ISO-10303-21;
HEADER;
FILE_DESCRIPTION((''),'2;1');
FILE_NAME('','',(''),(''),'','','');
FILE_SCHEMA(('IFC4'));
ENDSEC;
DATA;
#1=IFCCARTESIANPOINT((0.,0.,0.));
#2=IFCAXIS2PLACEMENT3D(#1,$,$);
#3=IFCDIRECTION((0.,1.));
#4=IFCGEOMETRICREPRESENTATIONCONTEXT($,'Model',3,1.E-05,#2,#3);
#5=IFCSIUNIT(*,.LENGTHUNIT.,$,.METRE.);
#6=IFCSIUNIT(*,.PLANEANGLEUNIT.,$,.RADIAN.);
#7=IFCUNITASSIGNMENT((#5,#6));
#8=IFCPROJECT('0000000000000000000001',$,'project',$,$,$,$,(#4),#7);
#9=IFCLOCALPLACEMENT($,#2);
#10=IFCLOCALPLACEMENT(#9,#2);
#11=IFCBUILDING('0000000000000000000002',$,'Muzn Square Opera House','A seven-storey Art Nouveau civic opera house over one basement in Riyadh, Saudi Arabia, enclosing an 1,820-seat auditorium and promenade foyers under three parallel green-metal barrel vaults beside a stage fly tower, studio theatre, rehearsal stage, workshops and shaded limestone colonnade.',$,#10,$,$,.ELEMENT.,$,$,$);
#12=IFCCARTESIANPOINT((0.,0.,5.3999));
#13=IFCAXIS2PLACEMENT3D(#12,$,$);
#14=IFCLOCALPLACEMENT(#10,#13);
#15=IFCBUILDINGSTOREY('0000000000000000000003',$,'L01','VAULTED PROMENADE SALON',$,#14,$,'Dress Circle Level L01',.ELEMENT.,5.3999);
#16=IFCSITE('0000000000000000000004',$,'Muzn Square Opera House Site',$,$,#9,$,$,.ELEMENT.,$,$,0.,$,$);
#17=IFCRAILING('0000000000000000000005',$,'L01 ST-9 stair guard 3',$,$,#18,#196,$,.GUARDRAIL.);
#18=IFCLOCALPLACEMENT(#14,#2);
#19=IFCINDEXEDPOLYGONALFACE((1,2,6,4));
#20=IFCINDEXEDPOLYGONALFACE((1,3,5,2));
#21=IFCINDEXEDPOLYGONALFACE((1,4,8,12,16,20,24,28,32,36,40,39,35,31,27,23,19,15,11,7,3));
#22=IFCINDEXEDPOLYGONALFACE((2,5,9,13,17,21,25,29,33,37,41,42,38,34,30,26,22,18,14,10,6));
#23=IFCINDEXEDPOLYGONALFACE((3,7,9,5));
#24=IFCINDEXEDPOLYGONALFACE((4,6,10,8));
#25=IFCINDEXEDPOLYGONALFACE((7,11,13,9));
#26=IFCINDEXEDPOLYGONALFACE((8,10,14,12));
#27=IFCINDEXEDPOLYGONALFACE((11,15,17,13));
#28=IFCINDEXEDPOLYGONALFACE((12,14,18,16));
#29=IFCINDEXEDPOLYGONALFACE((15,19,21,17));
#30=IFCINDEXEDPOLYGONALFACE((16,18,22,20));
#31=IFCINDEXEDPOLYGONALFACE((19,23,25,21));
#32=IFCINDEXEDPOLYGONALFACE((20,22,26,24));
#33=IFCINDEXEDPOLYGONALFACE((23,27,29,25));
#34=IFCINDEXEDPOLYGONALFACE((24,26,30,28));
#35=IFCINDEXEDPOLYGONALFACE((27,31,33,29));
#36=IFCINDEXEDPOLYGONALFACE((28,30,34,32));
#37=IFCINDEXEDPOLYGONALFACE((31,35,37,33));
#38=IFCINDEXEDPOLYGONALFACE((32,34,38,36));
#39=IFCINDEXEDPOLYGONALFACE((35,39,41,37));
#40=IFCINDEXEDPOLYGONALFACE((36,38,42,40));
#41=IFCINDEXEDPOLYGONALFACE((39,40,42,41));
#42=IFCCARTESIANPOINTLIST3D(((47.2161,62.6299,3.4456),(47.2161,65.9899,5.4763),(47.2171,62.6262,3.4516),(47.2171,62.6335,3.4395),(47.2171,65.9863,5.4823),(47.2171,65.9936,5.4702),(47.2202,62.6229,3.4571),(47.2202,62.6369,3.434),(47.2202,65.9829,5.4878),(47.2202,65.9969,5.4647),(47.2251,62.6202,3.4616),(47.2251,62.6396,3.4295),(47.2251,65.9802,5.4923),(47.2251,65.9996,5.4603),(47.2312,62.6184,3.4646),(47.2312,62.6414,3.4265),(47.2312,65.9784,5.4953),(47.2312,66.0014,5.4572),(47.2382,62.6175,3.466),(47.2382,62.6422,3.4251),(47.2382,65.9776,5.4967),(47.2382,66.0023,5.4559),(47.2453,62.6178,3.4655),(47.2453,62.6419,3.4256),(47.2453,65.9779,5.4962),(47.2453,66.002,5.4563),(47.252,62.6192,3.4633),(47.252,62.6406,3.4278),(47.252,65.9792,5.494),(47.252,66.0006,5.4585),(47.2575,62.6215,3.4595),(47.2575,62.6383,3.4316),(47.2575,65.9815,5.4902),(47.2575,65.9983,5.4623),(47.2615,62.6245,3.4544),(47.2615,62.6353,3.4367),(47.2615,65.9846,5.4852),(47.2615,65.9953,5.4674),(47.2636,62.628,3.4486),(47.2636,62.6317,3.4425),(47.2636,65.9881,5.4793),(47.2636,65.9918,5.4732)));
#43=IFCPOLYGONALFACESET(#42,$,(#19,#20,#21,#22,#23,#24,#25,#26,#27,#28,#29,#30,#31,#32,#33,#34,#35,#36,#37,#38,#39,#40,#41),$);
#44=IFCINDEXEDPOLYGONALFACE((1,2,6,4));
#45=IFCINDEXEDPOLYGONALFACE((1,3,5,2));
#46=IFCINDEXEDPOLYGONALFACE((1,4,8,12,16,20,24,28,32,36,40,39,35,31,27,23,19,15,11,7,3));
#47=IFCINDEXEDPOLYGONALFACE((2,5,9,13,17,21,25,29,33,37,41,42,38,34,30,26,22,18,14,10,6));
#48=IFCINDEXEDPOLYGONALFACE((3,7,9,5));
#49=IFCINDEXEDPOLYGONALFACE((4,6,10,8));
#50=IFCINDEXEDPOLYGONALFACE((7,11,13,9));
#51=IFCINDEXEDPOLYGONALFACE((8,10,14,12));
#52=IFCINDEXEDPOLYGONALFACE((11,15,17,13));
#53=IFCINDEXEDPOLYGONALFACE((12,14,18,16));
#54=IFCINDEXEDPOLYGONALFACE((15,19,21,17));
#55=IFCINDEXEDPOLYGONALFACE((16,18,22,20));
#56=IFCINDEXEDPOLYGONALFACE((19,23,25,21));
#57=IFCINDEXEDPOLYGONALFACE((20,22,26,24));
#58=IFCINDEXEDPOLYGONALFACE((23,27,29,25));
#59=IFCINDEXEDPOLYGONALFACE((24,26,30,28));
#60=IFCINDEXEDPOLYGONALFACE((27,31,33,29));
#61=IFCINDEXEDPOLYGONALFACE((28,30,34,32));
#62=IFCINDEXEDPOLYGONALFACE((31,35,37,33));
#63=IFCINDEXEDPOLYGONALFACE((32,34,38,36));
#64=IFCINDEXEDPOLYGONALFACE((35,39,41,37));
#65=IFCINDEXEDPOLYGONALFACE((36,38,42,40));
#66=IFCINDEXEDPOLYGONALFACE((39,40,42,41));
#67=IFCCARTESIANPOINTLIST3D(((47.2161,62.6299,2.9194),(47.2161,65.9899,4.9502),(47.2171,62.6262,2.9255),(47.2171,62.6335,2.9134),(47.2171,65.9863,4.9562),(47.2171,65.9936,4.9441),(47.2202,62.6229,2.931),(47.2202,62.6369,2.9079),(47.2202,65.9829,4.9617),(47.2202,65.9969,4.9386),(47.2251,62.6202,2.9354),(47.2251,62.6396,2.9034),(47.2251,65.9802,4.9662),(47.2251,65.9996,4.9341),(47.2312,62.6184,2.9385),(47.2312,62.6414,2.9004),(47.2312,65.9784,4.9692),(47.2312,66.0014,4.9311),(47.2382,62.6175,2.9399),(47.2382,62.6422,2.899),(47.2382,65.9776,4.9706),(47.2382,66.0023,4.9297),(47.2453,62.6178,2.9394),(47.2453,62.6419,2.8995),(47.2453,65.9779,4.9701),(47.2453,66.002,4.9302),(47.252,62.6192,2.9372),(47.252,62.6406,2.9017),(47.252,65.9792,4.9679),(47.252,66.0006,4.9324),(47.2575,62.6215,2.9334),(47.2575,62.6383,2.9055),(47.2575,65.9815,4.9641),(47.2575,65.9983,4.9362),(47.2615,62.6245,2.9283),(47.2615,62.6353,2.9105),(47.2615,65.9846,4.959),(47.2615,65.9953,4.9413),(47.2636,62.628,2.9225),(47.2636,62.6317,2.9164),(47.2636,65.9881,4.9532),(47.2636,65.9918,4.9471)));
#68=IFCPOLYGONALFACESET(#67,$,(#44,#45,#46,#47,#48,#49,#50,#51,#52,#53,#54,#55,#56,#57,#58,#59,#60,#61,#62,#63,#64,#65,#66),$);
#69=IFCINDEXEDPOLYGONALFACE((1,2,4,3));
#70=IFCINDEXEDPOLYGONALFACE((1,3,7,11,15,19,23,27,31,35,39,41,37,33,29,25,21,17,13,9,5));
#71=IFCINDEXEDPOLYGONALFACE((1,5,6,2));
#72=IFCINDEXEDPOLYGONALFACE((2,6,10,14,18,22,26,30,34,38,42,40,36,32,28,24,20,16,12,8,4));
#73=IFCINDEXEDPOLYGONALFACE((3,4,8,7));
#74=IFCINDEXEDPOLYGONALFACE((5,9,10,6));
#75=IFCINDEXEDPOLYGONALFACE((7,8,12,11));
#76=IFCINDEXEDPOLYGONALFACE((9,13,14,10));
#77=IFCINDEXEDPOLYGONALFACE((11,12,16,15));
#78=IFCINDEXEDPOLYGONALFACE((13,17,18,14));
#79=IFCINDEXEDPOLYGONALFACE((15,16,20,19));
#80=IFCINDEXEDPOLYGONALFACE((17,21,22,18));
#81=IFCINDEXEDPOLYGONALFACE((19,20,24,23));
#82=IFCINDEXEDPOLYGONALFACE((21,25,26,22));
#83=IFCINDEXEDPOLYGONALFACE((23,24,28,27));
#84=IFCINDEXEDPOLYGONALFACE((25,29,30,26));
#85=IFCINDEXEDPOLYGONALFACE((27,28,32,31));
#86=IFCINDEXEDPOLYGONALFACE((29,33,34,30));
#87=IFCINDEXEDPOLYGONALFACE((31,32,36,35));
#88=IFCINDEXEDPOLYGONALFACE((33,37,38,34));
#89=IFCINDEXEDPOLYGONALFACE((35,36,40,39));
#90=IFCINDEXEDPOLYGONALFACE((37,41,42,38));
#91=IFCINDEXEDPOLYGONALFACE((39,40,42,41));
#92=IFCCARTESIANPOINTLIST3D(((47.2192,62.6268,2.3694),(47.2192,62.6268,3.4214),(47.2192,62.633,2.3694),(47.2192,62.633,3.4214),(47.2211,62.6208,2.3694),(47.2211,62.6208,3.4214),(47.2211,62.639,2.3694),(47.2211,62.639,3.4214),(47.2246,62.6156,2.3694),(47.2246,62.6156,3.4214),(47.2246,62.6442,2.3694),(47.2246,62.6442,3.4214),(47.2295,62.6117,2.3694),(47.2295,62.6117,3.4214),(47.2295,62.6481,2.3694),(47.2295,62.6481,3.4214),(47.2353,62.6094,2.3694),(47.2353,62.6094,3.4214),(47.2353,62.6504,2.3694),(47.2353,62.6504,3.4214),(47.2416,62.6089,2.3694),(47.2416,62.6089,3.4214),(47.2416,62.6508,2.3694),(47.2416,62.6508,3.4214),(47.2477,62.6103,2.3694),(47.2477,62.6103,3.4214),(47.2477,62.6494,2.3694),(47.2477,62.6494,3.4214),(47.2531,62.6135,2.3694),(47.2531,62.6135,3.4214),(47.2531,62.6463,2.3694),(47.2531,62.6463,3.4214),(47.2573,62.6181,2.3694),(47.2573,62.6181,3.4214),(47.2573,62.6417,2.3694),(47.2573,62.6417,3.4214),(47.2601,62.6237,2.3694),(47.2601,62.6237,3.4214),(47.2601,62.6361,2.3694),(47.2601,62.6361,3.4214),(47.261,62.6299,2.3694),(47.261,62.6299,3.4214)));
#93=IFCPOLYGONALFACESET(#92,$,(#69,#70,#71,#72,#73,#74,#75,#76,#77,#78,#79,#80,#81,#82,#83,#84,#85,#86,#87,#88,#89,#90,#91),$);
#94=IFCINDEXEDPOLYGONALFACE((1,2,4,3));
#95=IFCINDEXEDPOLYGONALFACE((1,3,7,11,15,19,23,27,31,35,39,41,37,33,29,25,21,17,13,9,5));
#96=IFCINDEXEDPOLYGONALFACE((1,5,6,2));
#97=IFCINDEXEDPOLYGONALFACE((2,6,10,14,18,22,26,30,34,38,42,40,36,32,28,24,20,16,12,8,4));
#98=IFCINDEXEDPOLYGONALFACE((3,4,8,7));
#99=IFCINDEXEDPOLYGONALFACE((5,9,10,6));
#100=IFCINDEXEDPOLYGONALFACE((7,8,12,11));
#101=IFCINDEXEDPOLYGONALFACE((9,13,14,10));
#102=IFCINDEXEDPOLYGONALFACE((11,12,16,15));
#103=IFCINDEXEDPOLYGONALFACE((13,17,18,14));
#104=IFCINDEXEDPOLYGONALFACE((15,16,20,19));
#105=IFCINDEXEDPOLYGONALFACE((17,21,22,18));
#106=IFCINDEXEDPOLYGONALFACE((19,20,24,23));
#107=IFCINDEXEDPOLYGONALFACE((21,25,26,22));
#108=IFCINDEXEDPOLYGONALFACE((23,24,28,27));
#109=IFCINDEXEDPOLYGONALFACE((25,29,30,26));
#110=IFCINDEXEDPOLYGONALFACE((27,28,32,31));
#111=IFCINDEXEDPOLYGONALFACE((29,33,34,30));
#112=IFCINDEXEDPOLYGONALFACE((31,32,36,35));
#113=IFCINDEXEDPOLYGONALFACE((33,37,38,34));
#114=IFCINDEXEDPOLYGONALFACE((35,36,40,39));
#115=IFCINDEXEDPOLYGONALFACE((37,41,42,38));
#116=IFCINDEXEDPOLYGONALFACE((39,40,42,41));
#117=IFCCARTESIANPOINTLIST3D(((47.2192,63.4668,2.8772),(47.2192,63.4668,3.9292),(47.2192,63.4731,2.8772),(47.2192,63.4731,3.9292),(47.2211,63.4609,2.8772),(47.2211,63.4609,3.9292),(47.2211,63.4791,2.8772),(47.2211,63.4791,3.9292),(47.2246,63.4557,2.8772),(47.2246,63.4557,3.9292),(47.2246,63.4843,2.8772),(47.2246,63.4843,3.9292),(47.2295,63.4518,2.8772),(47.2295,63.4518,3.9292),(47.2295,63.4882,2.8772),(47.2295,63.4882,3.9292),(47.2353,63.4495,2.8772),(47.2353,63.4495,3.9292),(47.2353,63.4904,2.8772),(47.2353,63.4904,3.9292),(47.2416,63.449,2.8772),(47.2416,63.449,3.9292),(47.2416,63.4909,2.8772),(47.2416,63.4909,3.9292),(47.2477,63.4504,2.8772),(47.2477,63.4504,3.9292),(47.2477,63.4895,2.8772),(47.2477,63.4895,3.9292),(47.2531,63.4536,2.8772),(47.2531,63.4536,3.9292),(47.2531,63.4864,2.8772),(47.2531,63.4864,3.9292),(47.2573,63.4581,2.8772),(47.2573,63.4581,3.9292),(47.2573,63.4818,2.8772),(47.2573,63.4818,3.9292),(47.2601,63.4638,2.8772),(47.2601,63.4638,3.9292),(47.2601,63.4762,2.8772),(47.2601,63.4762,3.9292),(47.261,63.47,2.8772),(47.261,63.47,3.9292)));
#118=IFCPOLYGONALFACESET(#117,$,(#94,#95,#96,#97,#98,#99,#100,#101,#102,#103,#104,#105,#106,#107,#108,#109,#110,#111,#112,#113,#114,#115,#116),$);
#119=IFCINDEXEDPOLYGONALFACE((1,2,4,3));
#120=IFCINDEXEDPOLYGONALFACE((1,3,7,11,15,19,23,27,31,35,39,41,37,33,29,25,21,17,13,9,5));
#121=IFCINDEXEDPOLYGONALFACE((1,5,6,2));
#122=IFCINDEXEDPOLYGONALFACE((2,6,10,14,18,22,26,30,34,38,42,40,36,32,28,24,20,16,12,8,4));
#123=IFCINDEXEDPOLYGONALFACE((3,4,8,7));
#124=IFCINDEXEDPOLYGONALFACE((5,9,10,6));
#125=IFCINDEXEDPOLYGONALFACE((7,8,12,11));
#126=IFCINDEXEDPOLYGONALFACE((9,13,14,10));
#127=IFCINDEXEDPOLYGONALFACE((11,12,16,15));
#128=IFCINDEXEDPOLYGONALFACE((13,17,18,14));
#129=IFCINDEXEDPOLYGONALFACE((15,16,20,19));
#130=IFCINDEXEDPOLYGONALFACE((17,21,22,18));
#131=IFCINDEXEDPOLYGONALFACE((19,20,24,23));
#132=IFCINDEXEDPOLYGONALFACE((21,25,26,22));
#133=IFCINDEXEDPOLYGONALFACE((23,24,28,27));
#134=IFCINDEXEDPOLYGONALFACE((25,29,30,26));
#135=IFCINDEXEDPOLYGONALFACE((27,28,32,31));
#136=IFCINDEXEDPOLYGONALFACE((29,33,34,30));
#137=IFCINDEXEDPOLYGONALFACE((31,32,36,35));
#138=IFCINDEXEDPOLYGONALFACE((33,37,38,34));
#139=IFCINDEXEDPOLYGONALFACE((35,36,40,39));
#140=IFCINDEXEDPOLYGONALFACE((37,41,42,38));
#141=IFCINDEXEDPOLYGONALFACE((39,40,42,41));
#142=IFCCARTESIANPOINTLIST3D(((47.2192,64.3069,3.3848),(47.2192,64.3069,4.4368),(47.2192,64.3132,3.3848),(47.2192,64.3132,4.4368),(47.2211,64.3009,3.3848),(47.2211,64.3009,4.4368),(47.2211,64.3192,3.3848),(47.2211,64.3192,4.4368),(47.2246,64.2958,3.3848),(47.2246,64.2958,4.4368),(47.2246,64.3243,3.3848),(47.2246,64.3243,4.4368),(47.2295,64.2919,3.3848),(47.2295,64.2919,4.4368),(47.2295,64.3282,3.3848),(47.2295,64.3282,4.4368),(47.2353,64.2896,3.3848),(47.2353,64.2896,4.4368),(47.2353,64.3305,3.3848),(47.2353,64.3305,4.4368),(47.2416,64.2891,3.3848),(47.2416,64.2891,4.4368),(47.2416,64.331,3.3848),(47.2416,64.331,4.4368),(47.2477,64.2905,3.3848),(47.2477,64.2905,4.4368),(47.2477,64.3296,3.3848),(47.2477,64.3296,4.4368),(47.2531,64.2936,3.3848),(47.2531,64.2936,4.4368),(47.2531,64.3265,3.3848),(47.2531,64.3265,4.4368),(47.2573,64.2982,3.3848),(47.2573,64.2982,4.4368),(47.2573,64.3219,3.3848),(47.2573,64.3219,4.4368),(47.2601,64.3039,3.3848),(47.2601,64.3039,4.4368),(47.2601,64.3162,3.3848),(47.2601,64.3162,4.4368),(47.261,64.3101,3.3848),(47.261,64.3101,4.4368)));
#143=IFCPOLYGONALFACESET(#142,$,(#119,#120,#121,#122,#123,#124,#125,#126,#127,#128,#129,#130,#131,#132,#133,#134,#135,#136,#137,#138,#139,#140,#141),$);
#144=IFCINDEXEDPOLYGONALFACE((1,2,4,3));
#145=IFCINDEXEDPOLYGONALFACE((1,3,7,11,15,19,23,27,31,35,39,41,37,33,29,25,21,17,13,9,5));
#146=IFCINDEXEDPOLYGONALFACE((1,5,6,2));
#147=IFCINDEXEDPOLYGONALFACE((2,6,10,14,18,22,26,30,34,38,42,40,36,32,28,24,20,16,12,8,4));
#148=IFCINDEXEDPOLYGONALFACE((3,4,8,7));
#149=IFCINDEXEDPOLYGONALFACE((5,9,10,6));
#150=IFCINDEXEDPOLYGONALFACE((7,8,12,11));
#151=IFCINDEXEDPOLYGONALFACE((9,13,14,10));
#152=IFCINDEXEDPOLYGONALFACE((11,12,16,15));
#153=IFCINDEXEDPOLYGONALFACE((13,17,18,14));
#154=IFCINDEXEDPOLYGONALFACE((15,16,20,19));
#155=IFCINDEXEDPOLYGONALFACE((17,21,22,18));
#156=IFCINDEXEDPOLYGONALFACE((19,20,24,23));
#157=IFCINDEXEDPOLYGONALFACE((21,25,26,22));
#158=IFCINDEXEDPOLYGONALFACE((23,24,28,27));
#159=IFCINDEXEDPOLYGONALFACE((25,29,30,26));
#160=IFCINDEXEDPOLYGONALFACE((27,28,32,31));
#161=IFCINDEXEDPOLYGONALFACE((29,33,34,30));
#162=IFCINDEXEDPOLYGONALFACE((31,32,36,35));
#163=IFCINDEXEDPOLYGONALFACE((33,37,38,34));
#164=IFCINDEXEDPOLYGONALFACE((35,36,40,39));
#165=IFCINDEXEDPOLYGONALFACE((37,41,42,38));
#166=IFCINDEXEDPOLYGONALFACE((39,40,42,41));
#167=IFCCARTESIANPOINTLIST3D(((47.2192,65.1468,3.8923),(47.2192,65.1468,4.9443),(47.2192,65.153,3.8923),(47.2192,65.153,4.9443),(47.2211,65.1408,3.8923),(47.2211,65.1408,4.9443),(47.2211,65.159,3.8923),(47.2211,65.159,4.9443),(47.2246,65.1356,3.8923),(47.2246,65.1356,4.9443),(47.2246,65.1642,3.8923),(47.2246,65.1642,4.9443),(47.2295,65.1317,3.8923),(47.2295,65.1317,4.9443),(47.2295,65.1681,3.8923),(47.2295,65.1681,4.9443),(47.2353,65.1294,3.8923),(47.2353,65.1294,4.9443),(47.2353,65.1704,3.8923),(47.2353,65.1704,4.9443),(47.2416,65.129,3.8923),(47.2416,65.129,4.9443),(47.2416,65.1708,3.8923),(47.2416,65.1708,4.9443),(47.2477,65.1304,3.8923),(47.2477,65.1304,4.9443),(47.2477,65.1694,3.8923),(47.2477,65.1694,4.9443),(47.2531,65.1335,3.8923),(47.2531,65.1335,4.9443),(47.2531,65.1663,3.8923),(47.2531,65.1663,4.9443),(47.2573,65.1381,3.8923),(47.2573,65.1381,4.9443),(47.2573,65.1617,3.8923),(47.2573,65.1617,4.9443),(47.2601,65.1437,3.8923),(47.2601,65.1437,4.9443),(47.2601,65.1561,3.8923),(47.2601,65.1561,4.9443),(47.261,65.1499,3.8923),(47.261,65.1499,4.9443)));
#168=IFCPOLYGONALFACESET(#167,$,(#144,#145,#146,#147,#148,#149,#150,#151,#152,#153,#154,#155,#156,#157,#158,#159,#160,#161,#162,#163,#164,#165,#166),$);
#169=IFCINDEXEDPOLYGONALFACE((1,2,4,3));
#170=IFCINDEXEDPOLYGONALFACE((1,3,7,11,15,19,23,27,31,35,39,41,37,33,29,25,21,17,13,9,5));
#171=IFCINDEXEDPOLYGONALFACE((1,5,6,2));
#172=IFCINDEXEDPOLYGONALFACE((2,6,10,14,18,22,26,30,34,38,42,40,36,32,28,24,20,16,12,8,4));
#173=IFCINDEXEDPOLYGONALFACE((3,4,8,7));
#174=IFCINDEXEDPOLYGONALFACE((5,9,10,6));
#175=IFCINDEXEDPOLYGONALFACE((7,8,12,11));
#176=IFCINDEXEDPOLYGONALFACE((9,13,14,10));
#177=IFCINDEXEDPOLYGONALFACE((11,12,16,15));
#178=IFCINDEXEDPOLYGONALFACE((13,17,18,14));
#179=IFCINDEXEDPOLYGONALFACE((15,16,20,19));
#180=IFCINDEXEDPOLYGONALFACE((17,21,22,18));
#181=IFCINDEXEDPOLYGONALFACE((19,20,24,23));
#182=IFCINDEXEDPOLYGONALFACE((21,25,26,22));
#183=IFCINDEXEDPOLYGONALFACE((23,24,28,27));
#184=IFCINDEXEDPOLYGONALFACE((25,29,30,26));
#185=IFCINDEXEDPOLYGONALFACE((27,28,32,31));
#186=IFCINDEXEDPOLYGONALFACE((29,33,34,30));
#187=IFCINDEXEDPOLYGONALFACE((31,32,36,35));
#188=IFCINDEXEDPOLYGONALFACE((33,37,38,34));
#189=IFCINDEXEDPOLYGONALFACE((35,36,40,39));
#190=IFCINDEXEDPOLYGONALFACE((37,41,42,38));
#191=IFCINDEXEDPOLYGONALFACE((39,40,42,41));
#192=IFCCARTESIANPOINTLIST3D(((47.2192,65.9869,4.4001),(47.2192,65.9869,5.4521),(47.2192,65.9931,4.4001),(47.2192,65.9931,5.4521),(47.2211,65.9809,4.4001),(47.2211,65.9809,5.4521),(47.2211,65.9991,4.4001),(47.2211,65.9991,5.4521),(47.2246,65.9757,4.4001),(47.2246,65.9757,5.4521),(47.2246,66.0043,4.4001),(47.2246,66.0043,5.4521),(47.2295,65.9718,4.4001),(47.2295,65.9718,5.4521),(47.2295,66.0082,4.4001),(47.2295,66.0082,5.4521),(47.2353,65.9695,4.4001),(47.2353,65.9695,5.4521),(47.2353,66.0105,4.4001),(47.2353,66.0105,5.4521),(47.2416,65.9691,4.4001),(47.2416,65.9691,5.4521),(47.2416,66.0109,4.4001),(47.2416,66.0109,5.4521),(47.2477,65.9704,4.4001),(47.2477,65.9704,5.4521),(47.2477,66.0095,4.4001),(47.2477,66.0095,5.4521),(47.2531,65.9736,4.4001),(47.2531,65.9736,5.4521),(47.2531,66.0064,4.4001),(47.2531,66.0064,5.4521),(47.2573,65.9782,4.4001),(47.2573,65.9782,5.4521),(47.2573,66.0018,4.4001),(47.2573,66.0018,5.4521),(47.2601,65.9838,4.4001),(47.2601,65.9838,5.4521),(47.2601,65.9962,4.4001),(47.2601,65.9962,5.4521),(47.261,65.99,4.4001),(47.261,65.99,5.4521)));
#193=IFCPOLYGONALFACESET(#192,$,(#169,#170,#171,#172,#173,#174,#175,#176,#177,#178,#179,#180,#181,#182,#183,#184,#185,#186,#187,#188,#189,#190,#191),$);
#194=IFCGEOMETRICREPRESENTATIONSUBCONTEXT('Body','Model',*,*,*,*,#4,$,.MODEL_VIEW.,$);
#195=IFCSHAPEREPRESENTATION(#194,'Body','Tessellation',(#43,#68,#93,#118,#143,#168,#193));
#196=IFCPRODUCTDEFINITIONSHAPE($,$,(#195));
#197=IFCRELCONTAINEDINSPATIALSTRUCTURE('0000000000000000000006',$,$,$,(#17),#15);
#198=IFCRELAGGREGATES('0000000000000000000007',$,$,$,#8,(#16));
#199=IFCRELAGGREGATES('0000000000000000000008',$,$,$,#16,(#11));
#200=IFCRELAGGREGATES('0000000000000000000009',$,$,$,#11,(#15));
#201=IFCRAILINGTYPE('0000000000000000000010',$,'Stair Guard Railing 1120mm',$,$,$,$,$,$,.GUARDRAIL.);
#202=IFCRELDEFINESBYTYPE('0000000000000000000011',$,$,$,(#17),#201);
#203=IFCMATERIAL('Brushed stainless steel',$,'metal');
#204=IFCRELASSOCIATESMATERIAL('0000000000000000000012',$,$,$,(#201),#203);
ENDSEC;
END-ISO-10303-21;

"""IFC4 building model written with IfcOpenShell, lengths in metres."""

from ifc_helpers import new_model, si_unit, direction, frame, origin, origin_2d, place, context, subcontext, project, spatial, circle, extrude, material, type_object, element, save


model = new_model("IFC4")

# Units and contexts
model_context = context("Model", 3, precision=1e-05, world=origin(), true_north=direction((0.0, 1.0)))
body_context = subcontext(model_context, "Body", "Model", "MODEL_VIEW")
ifc_project = project(units=[si_unit("LENGTHUNIT", "METRE"), si_unit("PLANEANGLEUNIT", "RADIAN")], contexts=[model_context])

# Site, building, storey
site_placement = place(None, origin())
site = spatial("IfcSite", under=ifc_project, at=site_placement, Name="Muzn Square Opera House Site", CompositionType="ELEMENT", RefElevation=0.0)
building_placement = place(site_placement, origin())
building = spatial("IfcBuilding", under=site, at=building_placement, Name="Muzn Square Opera House", Description="A seven-storey Art Nouveau civic opera house over one basement in Riyadh, Saudi Arabia, enclosing an 1,820-seat auditorium and promenade foyers under three parallel green-metal barrel vaults beside a stage fly tower, studio theatre, rehearsal stage, workshops and shaded limestone colonnade.", CompositionType="ELEMENT")
storey_placement = place(building_placement, frame((0.0, 0.0, 5.3999)))
storey = spatial("IfcBuildingStorey", under=building, at=storey_placement, Name="L01", Description="VAULTED PROMENADE SALON", LongName="Dress Circle Level L01", CompositionType="ELEMENT", Elevation=5.3999)

# Railing
ifc_material_1 = material(Name="Brushed stainless steel", Category="metal")
railing_type = type_object("IfcRailingType", Name="Stair Guard Railing 1120mm", PredefinedType="GUARDRAIL", material=ifc_material_1)
railing_1_placement = place(storey_placement, frame((47.24, 62.6299, 2.3694)))
element("IfcRailing", 1, at=railing_1_placement, inside=storey, type_object=railing_type, Name="L01 ST-9 stair guard 3", PredefinedType="GUARDRAIL", context=body_context, shape_type="SweptSolid", body=[
    extrude(circle(Radius=0.0239, at=origin_2d()), frame((0.0, 0.0, 1.0762), z_axis=(0.0, 0.855837, 0.517246), x_axis=(-1.0, 0.0, 0.0)), (0.0, 0.0, 1.0), 3.926),
    extrude(circle(Radius=0.0239, at=origin_2d()), frame((0.0, 0.0, 0.55), z_axis=(0.0, 0.855837, 0.517246), x_axis=(-1.0, 0.0, 0.0)), (0.0, 0.0, 1.0), 3.926),
    extrude(circle(Radius=0.021, at=origin_2d()), origin(), (0.0, 0.0, 1.0), 1.052),
    extrude(circle(Radius=0.021, at=origin_2d()), frame((0.0, 0.8401, 0.5078)), (0.0, 0.0, 1.0), 1.052),
    extrude(circle(Radius=0.021, at=origin_2d()), frame((0.0, 1.6802, 1.0154)), (0.0, 0.0, 1.0), 1.052),
    extrude(circle(Radius=0.021, at=origin_2d()), frame((0.0, 2.52, 1.5229)), (0.0, 0.0, 1.0), 1.052),
    extrude(circle(Radius=0.021, at=origin_2d()), frame((0.0, 3.3601, 2.0308)), (0.0, 0.0, 1.0), 1.052),
])

save(model, "model.ifc")
